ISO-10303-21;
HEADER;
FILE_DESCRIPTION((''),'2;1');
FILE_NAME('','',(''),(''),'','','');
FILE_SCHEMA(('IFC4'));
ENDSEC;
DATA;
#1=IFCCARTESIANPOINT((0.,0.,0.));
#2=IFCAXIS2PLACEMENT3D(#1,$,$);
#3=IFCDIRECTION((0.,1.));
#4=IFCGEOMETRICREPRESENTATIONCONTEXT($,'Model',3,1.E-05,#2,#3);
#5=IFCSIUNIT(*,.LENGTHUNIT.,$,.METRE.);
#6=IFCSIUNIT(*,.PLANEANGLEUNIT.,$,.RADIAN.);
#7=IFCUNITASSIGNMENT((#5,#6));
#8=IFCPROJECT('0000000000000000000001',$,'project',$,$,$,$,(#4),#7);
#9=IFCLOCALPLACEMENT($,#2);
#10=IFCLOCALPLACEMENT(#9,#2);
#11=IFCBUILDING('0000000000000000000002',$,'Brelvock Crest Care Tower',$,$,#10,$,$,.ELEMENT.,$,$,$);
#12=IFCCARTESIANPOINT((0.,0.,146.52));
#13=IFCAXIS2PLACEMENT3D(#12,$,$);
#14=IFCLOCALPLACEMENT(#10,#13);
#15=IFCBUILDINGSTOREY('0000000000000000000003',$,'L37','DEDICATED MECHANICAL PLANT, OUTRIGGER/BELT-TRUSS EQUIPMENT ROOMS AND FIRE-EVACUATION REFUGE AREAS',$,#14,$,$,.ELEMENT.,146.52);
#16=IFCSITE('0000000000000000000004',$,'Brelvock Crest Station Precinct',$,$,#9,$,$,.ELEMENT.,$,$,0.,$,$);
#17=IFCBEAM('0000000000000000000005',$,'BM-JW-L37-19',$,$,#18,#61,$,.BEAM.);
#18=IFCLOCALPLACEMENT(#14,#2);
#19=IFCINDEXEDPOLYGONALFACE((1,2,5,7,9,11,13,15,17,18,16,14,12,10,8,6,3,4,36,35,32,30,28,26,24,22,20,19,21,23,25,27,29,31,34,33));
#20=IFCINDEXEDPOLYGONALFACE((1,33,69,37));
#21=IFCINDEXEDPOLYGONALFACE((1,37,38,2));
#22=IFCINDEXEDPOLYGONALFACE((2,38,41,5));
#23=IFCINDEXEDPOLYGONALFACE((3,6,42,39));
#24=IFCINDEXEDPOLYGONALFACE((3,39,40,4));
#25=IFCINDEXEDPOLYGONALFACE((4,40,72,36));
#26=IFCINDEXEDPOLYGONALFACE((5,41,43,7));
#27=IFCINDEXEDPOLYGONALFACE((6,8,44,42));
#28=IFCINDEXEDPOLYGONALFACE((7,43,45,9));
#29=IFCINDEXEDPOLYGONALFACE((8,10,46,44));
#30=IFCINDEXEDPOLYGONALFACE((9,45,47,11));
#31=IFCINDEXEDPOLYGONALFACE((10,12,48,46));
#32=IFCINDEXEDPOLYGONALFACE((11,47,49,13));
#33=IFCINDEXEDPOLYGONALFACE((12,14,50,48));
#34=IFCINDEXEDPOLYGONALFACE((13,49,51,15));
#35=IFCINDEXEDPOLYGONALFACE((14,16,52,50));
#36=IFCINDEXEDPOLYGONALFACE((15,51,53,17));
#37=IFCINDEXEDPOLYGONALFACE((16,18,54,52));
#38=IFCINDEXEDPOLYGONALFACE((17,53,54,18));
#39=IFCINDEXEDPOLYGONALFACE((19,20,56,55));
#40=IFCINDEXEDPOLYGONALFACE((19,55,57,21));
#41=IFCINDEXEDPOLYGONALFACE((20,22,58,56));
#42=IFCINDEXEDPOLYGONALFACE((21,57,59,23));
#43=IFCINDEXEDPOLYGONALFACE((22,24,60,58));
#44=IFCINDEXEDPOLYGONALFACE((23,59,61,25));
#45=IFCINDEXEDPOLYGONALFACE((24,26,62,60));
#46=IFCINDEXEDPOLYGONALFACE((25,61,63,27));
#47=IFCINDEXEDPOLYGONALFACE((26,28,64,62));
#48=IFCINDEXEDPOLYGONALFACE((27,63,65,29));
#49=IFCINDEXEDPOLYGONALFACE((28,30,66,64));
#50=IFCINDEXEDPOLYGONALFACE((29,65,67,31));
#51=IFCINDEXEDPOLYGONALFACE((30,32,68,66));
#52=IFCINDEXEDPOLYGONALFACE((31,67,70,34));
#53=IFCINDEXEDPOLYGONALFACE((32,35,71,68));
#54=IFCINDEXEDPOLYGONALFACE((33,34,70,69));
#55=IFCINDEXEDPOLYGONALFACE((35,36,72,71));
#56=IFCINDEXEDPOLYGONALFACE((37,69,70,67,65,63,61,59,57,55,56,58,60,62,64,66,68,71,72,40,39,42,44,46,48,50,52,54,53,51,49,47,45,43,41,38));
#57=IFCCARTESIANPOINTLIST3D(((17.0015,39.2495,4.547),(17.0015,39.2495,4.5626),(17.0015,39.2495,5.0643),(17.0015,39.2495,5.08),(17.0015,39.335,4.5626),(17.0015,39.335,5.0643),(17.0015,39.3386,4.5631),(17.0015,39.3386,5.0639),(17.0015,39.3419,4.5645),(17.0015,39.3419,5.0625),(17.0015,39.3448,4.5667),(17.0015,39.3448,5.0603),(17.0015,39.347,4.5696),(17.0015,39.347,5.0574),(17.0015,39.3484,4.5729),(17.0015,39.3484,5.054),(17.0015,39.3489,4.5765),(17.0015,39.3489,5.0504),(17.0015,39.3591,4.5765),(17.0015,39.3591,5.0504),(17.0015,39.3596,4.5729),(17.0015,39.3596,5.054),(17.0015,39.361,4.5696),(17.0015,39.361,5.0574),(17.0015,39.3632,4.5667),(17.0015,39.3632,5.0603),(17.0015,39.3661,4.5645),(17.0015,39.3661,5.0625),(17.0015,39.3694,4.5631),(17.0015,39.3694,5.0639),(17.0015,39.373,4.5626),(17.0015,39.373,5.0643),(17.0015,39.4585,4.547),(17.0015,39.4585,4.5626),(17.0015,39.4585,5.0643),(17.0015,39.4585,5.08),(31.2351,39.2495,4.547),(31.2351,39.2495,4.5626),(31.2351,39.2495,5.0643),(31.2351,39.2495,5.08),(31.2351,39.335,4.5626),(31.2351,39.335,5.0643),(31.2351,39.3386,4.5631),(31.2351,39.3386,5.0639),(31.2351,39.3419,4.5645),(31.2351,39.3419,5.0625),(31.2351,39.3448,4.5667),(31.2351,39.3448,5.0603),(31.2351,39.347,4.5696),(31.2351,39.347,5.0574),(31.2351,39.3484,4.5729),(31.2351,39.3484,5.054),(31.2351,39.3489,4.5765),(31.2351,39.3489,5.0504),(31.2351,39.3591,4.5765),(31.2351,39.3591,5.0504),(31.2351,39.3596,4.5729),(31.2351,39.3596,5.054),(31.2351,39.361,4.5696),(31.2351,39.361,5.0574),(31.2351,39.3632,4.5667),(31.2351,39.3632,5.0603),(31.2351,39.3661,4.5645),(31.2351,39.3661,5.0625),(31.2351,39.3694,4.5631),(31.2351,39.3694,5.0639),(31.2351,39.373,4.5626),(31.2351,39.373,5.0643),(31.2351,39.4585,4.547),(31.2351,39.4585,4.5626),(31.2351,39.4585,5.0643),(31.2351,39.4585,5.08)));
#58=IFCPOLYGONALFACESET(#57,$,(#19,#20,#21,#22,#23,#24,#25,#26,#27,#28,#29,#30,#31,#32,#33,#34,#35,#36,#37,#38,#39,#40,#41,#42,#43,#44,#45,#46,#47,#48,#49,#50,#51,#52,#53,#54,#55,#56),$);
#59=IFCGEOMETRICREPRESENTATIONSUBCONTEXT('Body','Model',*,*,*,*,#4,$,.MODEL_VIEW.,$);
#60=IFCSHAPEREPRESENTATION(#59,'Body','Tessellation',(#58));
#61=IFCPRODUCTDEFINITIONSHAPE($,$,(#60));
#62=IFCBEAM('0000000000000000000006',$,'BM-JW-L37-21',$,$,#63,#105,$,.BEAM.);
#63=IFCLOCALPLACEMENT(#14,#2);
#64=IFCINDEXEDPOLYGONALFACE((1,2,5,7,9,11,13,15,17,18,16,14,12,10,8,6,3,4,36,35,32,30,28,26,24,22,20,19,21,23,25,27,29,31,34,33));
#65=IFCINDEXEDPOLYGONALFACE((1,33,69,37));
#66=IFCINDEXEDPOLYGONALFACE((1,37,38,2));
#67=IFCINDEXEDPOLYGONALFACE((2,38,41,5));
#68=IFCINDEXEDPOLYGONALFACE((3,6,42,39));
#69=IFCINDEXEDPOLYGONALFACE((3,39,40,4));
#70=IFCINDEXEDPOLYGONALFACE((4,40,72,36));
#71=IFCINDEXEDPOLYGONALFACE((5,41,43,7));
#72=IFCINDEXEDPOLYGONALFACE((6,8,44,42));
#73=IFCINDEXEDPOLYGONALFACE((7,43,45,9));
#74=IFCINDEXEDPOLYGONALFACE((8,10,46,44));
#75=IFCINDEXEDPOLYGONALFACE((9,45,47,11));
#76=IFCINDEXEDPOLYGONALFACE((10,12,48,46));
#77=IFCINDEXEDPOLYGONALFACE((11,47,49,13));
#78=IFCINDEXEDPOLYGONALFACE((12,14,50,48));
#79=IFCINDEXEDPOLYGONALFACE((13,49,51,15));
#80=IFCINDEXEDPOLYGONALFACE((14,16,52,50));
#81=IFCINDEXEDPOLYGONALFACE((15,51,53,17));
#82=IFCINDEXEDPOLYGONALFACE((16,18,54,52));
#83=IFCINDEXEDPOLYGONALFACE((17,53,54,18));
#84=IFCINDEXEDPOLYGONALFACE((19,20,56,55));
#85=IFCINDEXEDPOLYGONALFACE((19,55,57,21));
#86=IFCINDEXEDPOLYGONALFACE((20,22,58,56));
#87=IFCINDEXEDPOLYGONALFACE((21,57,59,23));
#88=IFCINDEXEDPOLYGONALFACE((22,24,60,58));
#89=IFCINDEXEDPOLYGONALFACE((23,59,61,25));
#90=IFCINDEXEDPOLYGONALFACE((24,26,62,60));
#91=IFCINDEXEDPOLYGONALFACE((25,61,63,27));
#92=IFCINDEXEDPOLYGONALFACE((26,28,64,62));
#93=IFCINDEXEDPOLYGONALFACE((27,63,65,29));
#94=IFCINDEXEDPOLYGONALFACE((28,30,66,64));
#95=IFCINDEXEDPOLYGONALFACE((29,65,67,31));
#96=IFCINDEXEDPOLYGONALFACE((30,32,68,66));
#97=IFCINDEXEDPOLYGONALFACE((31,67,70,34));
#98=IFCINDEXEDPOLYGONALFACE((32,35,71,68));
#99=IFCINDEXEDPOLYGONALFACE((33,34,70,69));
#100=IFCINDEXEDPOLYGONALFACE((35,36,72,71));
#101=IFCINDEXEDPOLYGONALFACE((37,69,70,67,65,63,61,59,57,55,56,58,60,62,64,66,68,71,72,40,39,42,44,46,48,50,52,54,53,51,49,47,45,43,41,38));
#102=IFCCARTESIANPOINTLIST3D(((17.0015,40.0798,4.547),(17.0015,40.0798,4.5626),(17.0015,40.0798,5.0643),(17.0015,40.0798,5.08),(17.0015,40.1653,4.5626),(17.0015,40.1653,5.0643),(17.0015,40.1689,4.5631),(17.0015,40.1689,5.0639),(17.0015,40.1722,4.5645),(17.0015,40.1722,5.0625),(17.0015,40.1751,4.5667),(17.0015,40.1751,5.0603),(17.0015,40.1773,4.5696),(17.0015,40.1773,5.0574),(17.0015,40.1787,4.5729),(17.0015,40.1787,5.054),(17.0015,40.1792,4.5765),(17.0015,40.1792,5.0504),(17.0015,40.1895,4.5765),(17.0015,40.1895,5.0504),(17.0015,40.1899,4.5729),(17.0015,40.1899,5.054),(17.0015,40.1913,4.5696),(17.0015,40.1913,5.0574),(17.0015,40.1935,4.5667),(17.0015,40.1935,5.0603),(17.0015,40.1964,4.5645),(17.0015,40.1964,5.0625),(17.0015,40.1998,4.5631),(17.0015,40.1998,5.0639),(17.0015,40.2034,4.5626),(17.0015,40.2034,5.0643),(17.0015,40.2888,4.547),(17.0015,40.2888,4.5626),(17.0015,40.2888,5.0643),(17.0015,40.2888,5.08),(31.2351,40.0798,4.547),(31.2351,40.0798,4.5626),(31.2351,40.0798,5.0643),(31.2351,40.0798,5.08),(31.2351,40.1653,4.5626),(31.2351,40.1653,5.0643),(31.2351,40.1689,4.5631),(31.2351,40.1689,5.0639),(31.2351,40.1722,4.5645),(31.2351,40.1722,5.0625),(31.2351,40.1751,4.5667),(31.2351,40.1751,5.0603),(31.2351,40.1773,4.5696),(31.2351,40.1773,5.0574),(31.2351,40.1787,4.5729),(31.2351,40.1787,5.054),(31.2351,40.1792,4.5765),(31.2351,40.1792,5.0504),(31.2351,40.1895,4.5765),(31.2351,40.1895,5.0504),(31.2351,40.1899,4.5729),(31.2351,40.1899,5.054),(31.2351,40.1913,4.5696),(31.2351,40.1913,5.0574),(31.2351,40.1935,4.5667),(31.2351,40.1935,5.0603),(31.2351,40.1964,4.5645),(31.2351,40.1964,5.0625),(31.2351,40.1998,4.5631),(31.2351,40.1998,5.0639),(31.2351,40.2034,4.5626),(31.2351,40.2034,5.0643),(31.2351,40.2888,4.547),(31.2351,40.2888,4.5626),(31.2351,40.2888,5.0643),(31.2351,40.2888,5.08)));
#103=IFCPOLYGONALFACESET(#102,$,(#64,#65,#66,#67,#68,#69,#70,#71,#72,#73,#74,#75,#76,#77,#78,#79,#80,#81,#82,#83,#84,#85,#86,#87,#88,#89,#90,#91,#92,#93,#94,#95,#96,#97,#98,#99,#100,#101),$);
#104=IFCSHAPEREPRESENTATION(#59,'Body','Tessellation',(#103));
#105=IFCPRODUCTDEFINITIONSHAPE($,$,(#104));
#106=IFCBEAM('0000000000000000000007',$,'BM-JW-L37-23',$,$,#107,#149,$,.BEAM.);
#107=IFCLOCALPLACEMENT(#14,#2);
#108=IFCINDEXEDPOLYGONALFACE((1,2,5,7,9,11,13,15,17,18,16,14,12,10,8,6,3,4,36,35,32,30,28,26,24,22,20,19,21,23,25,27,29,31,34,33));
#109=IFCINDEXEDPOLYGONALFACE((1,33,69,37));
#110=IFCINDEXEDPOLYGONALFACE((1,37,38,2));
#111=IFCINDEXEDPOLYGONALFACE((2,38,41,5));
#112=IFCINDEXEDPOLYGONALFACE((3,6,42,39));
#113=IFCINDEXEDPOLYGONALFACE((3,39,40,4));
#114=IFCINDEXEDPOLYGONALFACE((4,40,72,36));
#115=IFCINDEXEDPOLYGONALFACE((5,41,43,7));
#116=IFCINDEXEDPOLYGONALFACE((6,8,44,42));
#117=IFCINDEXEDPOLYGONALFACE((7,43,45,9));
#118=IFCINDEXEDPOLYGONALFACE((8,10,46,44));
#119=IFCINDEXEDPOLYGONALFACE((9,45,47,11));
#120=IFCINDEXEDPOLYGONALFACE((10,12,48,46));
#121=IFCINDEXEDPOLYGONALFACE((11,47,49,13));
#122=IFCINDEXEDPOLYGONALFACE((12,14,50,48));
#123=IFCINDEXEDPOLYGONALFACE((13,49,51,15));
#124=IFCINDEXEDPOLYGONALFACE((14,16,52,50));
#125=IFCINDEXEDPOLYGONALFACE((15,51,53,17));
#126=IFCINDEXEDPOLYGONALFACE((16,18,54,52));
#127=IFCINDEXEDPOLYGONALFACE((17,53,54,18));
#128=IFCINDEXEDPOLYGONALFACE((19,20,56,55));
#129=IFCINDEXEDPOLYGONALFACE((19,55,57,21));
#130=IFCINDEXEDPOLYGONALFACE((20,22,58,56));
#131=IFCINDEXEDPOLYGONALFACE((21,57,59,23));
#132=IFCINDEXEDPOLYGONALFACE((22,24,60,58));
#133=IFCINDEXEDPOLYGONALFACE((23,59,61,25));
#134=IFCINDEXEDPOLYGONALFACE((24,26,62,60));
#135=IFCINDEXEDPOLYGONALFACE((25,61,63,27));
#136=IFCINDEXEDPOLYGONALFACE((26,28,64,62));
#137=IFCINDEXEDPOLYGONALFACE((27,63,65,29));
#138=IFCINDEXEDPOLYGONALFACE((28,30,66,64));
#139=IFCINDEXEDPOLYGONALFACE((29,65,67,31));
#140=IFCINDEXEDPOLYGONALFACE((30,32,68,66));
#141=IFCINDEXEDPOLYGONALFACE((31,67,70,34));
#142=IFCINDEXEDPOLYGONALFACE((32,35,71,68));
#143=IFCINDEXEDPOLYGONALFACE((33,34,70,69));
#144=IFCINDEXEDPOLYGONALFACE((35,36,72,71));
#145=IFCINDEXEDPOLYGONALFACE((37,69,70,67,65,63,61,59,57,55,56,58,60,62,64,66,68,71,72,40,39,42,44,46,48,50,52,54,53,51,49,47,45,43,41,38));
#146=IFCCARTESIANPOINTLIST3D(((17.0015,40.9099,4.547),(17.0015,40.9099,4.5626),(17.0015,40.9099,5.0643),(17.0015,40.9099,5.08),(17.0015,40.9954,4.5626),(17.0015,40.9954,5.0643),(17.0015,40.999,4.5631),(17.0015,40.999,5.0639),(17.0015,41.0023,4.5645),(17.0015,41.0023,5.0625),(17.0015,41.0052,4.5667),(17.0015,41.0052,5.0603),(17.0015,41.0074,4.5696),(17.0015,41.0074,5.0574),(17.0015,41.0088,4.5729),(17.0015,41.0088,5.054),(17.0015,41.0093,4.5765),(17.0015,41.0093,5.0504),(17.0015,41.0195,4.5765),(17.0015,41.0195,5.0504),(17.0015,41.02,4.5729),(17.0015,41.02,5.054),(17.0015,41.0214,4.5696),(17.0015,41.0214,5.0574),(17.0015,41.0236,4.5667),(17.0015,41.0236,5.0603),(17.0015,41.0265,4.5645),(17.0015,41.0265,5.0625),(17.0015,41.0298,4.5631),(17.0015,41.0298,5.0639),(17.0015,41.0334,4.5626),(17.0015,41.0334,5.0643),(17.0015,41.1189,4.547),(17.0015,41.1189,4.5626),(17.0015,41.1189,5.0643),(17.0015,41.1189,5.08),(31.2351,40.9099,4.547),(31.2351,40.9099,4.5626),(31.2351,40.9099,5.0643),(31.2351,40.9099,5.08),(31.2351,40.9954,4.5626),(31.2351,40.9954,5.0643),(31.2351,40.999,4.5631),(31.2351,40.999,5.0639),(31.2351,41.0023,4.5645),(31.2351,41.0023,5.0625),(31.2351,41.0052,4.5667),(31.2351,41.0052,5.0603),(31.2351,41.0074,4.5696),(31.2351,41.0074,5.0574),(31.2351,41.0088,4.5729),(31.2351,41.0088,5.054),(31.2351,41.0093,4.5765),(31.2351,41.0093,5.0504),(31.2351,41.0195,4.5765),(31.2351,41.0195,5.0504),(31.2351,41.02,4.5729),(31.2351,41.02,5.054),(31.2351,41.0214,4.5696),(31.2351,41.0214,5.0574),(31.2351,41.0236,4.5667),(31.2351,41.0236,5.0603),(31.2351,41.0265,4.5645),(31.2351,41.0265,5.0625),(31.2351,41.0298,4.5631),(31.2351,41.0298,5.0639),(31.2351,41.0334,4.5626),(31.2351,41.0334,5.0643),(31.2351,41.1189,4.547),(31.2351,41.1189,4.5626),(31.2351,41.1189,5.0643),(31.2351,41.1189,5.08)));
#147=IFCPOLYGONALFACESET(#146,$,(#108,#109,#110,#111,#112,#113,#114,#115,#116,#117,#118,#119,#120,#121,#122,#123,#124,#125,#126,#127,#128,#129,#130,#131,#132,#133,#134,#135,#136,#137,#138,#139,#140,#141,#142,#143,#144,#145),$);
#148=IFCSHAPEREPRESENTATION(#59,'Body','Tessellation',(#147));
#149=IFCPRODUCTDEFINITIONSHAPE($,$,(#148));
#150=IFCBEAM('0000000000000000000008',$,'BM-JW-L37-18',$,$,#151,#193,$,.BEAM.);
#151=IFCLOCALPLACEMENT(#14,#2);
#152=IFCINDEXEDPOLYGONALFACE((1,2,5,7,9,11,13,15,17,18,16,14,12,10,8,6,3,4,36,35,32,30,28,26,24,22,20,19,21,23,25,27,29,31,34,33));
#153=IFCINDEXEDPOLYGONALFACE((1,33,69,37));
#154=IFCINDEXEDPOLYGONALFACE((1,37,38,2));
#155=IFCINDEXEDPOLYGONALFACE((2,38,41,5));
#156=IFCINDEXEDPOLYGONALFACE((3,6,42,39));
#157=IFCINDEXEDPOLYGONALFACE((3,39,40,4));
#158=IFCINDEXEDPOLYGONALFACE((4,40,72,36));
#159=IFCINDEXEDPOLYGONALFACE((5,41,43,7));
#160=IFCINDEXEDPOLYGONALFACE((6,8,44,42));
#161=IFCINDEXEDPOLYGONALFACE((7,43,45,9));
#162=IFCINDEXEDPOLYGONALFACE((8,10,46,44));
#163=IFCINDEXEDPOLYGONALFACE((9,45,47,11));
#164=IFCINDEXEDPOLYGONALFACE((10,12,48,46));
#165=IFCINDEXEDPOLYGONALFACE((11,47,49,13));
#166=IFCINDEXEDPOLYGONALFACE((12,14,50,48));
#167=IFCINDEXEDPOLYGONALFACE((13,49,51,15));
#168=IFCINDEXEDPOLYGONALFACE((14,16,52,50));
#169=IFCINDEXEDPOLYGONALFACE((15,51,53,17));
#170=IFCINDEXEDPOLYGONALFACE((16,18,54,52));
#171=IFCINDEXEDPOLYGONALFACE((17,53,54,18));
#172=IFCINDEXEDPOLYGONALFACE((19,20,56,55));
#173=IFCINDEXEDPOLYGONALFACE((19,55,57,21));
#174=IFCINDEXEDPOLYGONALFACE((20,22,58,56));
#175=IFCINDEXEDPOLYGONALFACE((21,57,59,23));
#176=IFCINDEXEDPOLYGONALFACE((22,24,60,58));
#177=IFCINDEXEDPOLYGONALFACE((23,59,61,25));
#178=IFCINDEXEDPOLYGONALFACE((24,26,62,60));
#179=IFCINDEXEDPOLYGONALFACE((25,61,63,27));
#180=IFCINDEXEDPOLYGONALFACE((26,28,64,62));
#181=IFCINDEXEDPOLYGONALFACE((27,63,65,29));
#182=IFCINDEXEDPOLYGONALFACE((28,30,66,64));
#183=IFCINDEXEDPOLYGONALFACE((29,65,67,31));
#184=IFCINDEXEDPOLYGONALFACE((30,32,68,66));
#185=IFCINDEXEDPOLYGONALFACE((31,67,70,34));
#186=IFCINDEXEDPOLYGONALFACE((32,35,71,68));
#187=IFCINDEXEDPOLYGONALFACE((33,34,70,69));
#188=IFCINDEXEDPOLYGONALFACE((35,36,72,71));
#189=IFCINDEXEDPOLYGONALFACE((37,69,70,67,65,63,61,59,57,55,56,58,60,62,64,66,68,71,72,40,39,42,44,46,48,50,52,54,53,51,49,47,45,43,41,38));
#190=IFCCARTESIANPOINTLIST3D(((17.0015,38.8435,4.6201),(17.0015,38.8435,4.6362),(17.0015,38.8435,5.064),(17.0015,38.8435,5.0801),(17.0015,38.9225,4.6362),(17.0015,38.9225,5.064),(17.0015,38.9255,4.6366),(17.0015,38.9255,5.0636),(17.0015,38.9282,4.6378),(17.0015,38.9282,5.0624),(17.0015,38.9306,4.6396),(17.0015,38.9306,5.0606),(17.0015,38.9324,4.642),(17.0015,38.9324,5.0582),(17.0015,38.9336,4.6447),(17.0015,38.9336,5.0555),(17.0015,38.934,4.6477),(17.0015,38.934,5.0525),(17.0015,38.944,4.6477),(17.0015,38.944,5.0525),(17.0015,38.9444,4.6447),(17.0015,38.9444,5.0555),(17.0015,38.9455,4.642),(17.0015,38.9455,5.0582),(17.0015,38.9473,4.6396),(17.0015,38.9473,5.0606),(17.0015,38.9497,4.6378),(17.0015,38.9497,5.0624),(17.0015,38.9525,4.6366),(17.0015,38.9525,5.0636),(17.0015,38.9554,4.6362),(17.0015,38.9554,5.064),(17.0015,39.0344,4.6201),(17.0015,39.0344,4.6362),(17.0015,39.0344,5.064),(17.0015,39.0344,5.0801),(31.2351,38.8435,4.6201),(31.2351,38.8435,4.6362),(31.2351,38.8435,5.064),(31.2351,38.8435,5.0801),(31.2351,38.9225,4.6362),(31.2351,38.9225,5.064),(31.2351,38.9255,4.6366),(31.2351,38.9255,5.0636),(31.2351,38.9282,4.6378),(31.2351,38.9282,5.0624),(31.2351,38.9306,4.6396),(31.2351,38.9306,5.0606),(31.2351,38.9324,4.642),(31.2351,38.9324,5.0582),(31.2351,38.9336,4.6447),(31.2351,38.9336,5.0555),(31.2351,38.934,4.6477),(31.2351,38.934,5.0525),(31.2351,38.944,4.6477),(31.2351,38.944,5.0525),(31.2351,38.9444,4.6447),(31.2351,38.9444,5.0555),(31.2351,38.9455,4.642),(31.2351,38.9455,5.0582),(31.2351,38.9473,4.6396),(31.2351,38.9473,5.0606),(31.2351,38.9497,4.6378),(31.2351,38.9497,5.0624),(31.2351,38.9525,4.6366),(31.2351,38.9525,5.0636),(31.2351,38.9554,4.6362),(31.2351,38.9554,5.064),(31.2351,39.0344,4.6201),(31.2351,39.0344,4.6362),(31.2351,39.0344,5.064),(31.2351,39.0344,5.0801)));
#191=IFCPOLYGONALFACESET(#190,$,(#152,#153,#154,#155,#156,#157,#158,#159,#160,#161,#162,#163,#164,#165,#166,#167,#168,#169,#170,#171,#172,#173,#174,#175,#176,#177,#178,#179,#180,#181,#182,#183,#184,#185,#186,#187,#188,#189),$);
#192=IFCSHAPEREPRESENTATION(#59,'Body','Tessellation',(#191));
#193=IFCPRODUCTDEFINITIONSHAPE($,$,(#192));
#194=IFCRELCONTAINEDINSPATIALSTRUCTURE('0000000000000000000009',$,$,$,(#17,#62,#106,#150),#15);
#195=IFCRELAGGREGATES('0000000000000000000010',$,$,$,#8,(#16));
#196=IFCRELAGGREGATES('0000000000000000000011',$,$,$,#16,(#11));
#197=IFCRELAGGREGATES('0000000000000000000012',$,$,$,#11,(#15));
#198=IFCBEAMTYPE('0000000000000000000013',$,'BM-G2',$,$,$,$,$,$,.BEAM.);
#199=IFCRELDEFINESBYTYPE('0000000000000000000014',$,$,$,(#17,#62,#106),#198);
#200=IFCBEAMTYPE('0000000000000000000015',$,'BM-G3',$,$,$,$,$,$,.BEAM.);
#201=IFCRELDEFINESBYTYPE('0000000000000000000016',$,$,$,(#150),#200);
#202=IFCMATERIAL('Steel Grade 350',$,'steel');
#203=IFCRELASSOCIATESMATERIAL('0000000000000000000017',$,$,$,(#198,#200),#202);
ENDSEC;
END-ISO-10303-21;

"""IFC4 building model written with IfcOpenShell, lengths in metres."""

from ifc_helpers import new_model, si_unit, direction, frame, origin, origin_2d, place, context, subcontext, project, spatial, i_section, extrude, source, transform, mapped, material, material_profile, profile_set, type_object, element, save


model = new_model("IFC4")

# Units and contexts
model_context = context("Model", 3, precision=1e-05, world=origin(), true_north=direction((0.0, 1.0)))
body_context = subcontext(model_context, "Body", "Model", "MODEL_VIEW")
ifc_project = project(units=[si_unit("LENGTHUNIT", "METRE"), si_unit("PLANEANGLEUNIT", "RADIAN")], contexts=[model_context])

# Site, building, storey
site_placement = place(None, origin())
site = spatial("IfcSite", under=ifc_project, at=site_placement, Name="Brelvock Crest Station Precinct", CompositionType="ELEMENT", RefElevation=0.0)
building_placement = place(site_placement, origin())
building = spatial("IfcBuilding", under=site, at=building_placement, Name="Brelvock Crest Care Tower", CompositionType="ELEMENT")
storey_placement = place(building_placement, frame((0.0, 0.0, 146.52)))
storey = spatial("IfcBuildingStorey", under=building, at=storey_placement, Name="L37", Description="DEDICATED MECHANICAL PLANT, OUTRIGGER/BELT-TRUSS EQUIPMENT ROOMS AND FIRE-EVACUATION REFUGE AREAS", CompositionType="ELEMENT", Elevation=146.52)

# Shared definitions
ifc_material_1 = material(Name="Steel Grade 350", Category="steel")

# Beams
ifc_material_profile_1 = material_profile(ifc_material_1, i_section(OverallWidth=0.209, OverallDepth=0.533, WebThickness=0.0103, FlangeThickness=0.0156, FilletRadius=0.0139, at=origin_2d()), Name="530UB92.4")
ifc_profile_set_1 = profile_set([ifc_material_profile_1], Name="Steel Grade 350")
beam_type_1 = type_object("IfcBeamType", Name="BM-G2", PredefinedType="BEAM", material=ifc_profile_set_1)
shared_shape_1 = source(origin(), body_context, "Body", "SweptSolid", [
    extrude(i_section(OverallWidth=0.209, OverallDepth=0.533, WebThickness=0.0103, FlangeThickness=0.0156, FilletRadius=0.0139, at=origin_2d()), origin(), (0.0, 0.0, 1.0), 14.2336),
])
for number, where, z_axis, x_axis, name in (
    (1, (17.0015, 39.354, 4.8135), (1.0, 0.0, 0.0), (0.0, 1.0, 0.0), "BM-JW-L37-19"),
    (2, (17.0015, 40.1843, 4.8135), (1.0, 0.0, 0.0), (0.0, 1.0, 0.0), "BM-JW-L37-21"),
    (3, (17.0015, 41.0144, 4.8135), (1.0, 0.0, 0.0), (0.0, 1.0, 0.0), "BM-JW-L37-23"),
):
    element("IfcBeam", number, at=place(storey_placement, frame(where, z_axis=z_axis, x_axis=x_axis)), inside=storey, type_object=beam_type_1, Name=name, PredefinedType="BEAM", context=body_context, shape_type="MappedRepresentation", body=[
        mapped(shared_shape_1, transform((0.0, 0.0, 0.0), x_axis=(1.0, 0.0, 0.0), y_axis=(0.0, 1.0, 0.0), z_axis=(0.0, 0.0, 1.0), scale=1.0)),
    ])
ifc_material_profile_2 = material_profile(ifc_material_1, i_section(OverallWidth=0.1909, OverallDepth=0.46, WebThickness=0.01, FlangeThickness=0.0161, FilletRadius=0.0115, at=origin_2d()), Name="460UB82.1")
ifc_profile_set_2 = profile_set([ifc_material_profile_2], Name="Steel Grade 350")
beam_type_2 = type_object("IfcBeamType", Name="BM-G3", PredefinedType="BEAM", material=ifc_profile_set_2)
shared_shape_2 = source(origin(), body_context, "Body", "SweptSolid", [
    extrude(i_section(OverallWidth=0.1909, OverallDepth=0.46, WebThickness=0.01, FlangeThickness=0.0161, FilletRadius=0.0115, at=origin_2d()), origin(), (0.0, 0.0, 1.0), 14.2336),
])
for number, where, z_axis, x_axis, name in (
    (4, (17.0015, 38.939, 4.8501), (1.0, 0.0, 0.0), (0.0, 1.0, 0.0), "BM-JW-L37-18"),
):
    element("IfcBeam", number, at=place(storey_placement, frame(where, z_axis=z_axis, x_axis=x_axis)), inside=storey, type_object=beam_type_2, Name=name, PredefinedType="BEAM", context=body_context, shape_type="MappedRepresentation", body=[
        mapped(shared_shape_2, transform((0.0, 0.0, 0.0), x_axis=(1.0, 0.0, 0.0), y_axis=(0.0, 1.0, 0.0), z_axis=(0.0, 0.0, 1.0), scale=1.0)),
    ])

save(model, "model.ifc")
